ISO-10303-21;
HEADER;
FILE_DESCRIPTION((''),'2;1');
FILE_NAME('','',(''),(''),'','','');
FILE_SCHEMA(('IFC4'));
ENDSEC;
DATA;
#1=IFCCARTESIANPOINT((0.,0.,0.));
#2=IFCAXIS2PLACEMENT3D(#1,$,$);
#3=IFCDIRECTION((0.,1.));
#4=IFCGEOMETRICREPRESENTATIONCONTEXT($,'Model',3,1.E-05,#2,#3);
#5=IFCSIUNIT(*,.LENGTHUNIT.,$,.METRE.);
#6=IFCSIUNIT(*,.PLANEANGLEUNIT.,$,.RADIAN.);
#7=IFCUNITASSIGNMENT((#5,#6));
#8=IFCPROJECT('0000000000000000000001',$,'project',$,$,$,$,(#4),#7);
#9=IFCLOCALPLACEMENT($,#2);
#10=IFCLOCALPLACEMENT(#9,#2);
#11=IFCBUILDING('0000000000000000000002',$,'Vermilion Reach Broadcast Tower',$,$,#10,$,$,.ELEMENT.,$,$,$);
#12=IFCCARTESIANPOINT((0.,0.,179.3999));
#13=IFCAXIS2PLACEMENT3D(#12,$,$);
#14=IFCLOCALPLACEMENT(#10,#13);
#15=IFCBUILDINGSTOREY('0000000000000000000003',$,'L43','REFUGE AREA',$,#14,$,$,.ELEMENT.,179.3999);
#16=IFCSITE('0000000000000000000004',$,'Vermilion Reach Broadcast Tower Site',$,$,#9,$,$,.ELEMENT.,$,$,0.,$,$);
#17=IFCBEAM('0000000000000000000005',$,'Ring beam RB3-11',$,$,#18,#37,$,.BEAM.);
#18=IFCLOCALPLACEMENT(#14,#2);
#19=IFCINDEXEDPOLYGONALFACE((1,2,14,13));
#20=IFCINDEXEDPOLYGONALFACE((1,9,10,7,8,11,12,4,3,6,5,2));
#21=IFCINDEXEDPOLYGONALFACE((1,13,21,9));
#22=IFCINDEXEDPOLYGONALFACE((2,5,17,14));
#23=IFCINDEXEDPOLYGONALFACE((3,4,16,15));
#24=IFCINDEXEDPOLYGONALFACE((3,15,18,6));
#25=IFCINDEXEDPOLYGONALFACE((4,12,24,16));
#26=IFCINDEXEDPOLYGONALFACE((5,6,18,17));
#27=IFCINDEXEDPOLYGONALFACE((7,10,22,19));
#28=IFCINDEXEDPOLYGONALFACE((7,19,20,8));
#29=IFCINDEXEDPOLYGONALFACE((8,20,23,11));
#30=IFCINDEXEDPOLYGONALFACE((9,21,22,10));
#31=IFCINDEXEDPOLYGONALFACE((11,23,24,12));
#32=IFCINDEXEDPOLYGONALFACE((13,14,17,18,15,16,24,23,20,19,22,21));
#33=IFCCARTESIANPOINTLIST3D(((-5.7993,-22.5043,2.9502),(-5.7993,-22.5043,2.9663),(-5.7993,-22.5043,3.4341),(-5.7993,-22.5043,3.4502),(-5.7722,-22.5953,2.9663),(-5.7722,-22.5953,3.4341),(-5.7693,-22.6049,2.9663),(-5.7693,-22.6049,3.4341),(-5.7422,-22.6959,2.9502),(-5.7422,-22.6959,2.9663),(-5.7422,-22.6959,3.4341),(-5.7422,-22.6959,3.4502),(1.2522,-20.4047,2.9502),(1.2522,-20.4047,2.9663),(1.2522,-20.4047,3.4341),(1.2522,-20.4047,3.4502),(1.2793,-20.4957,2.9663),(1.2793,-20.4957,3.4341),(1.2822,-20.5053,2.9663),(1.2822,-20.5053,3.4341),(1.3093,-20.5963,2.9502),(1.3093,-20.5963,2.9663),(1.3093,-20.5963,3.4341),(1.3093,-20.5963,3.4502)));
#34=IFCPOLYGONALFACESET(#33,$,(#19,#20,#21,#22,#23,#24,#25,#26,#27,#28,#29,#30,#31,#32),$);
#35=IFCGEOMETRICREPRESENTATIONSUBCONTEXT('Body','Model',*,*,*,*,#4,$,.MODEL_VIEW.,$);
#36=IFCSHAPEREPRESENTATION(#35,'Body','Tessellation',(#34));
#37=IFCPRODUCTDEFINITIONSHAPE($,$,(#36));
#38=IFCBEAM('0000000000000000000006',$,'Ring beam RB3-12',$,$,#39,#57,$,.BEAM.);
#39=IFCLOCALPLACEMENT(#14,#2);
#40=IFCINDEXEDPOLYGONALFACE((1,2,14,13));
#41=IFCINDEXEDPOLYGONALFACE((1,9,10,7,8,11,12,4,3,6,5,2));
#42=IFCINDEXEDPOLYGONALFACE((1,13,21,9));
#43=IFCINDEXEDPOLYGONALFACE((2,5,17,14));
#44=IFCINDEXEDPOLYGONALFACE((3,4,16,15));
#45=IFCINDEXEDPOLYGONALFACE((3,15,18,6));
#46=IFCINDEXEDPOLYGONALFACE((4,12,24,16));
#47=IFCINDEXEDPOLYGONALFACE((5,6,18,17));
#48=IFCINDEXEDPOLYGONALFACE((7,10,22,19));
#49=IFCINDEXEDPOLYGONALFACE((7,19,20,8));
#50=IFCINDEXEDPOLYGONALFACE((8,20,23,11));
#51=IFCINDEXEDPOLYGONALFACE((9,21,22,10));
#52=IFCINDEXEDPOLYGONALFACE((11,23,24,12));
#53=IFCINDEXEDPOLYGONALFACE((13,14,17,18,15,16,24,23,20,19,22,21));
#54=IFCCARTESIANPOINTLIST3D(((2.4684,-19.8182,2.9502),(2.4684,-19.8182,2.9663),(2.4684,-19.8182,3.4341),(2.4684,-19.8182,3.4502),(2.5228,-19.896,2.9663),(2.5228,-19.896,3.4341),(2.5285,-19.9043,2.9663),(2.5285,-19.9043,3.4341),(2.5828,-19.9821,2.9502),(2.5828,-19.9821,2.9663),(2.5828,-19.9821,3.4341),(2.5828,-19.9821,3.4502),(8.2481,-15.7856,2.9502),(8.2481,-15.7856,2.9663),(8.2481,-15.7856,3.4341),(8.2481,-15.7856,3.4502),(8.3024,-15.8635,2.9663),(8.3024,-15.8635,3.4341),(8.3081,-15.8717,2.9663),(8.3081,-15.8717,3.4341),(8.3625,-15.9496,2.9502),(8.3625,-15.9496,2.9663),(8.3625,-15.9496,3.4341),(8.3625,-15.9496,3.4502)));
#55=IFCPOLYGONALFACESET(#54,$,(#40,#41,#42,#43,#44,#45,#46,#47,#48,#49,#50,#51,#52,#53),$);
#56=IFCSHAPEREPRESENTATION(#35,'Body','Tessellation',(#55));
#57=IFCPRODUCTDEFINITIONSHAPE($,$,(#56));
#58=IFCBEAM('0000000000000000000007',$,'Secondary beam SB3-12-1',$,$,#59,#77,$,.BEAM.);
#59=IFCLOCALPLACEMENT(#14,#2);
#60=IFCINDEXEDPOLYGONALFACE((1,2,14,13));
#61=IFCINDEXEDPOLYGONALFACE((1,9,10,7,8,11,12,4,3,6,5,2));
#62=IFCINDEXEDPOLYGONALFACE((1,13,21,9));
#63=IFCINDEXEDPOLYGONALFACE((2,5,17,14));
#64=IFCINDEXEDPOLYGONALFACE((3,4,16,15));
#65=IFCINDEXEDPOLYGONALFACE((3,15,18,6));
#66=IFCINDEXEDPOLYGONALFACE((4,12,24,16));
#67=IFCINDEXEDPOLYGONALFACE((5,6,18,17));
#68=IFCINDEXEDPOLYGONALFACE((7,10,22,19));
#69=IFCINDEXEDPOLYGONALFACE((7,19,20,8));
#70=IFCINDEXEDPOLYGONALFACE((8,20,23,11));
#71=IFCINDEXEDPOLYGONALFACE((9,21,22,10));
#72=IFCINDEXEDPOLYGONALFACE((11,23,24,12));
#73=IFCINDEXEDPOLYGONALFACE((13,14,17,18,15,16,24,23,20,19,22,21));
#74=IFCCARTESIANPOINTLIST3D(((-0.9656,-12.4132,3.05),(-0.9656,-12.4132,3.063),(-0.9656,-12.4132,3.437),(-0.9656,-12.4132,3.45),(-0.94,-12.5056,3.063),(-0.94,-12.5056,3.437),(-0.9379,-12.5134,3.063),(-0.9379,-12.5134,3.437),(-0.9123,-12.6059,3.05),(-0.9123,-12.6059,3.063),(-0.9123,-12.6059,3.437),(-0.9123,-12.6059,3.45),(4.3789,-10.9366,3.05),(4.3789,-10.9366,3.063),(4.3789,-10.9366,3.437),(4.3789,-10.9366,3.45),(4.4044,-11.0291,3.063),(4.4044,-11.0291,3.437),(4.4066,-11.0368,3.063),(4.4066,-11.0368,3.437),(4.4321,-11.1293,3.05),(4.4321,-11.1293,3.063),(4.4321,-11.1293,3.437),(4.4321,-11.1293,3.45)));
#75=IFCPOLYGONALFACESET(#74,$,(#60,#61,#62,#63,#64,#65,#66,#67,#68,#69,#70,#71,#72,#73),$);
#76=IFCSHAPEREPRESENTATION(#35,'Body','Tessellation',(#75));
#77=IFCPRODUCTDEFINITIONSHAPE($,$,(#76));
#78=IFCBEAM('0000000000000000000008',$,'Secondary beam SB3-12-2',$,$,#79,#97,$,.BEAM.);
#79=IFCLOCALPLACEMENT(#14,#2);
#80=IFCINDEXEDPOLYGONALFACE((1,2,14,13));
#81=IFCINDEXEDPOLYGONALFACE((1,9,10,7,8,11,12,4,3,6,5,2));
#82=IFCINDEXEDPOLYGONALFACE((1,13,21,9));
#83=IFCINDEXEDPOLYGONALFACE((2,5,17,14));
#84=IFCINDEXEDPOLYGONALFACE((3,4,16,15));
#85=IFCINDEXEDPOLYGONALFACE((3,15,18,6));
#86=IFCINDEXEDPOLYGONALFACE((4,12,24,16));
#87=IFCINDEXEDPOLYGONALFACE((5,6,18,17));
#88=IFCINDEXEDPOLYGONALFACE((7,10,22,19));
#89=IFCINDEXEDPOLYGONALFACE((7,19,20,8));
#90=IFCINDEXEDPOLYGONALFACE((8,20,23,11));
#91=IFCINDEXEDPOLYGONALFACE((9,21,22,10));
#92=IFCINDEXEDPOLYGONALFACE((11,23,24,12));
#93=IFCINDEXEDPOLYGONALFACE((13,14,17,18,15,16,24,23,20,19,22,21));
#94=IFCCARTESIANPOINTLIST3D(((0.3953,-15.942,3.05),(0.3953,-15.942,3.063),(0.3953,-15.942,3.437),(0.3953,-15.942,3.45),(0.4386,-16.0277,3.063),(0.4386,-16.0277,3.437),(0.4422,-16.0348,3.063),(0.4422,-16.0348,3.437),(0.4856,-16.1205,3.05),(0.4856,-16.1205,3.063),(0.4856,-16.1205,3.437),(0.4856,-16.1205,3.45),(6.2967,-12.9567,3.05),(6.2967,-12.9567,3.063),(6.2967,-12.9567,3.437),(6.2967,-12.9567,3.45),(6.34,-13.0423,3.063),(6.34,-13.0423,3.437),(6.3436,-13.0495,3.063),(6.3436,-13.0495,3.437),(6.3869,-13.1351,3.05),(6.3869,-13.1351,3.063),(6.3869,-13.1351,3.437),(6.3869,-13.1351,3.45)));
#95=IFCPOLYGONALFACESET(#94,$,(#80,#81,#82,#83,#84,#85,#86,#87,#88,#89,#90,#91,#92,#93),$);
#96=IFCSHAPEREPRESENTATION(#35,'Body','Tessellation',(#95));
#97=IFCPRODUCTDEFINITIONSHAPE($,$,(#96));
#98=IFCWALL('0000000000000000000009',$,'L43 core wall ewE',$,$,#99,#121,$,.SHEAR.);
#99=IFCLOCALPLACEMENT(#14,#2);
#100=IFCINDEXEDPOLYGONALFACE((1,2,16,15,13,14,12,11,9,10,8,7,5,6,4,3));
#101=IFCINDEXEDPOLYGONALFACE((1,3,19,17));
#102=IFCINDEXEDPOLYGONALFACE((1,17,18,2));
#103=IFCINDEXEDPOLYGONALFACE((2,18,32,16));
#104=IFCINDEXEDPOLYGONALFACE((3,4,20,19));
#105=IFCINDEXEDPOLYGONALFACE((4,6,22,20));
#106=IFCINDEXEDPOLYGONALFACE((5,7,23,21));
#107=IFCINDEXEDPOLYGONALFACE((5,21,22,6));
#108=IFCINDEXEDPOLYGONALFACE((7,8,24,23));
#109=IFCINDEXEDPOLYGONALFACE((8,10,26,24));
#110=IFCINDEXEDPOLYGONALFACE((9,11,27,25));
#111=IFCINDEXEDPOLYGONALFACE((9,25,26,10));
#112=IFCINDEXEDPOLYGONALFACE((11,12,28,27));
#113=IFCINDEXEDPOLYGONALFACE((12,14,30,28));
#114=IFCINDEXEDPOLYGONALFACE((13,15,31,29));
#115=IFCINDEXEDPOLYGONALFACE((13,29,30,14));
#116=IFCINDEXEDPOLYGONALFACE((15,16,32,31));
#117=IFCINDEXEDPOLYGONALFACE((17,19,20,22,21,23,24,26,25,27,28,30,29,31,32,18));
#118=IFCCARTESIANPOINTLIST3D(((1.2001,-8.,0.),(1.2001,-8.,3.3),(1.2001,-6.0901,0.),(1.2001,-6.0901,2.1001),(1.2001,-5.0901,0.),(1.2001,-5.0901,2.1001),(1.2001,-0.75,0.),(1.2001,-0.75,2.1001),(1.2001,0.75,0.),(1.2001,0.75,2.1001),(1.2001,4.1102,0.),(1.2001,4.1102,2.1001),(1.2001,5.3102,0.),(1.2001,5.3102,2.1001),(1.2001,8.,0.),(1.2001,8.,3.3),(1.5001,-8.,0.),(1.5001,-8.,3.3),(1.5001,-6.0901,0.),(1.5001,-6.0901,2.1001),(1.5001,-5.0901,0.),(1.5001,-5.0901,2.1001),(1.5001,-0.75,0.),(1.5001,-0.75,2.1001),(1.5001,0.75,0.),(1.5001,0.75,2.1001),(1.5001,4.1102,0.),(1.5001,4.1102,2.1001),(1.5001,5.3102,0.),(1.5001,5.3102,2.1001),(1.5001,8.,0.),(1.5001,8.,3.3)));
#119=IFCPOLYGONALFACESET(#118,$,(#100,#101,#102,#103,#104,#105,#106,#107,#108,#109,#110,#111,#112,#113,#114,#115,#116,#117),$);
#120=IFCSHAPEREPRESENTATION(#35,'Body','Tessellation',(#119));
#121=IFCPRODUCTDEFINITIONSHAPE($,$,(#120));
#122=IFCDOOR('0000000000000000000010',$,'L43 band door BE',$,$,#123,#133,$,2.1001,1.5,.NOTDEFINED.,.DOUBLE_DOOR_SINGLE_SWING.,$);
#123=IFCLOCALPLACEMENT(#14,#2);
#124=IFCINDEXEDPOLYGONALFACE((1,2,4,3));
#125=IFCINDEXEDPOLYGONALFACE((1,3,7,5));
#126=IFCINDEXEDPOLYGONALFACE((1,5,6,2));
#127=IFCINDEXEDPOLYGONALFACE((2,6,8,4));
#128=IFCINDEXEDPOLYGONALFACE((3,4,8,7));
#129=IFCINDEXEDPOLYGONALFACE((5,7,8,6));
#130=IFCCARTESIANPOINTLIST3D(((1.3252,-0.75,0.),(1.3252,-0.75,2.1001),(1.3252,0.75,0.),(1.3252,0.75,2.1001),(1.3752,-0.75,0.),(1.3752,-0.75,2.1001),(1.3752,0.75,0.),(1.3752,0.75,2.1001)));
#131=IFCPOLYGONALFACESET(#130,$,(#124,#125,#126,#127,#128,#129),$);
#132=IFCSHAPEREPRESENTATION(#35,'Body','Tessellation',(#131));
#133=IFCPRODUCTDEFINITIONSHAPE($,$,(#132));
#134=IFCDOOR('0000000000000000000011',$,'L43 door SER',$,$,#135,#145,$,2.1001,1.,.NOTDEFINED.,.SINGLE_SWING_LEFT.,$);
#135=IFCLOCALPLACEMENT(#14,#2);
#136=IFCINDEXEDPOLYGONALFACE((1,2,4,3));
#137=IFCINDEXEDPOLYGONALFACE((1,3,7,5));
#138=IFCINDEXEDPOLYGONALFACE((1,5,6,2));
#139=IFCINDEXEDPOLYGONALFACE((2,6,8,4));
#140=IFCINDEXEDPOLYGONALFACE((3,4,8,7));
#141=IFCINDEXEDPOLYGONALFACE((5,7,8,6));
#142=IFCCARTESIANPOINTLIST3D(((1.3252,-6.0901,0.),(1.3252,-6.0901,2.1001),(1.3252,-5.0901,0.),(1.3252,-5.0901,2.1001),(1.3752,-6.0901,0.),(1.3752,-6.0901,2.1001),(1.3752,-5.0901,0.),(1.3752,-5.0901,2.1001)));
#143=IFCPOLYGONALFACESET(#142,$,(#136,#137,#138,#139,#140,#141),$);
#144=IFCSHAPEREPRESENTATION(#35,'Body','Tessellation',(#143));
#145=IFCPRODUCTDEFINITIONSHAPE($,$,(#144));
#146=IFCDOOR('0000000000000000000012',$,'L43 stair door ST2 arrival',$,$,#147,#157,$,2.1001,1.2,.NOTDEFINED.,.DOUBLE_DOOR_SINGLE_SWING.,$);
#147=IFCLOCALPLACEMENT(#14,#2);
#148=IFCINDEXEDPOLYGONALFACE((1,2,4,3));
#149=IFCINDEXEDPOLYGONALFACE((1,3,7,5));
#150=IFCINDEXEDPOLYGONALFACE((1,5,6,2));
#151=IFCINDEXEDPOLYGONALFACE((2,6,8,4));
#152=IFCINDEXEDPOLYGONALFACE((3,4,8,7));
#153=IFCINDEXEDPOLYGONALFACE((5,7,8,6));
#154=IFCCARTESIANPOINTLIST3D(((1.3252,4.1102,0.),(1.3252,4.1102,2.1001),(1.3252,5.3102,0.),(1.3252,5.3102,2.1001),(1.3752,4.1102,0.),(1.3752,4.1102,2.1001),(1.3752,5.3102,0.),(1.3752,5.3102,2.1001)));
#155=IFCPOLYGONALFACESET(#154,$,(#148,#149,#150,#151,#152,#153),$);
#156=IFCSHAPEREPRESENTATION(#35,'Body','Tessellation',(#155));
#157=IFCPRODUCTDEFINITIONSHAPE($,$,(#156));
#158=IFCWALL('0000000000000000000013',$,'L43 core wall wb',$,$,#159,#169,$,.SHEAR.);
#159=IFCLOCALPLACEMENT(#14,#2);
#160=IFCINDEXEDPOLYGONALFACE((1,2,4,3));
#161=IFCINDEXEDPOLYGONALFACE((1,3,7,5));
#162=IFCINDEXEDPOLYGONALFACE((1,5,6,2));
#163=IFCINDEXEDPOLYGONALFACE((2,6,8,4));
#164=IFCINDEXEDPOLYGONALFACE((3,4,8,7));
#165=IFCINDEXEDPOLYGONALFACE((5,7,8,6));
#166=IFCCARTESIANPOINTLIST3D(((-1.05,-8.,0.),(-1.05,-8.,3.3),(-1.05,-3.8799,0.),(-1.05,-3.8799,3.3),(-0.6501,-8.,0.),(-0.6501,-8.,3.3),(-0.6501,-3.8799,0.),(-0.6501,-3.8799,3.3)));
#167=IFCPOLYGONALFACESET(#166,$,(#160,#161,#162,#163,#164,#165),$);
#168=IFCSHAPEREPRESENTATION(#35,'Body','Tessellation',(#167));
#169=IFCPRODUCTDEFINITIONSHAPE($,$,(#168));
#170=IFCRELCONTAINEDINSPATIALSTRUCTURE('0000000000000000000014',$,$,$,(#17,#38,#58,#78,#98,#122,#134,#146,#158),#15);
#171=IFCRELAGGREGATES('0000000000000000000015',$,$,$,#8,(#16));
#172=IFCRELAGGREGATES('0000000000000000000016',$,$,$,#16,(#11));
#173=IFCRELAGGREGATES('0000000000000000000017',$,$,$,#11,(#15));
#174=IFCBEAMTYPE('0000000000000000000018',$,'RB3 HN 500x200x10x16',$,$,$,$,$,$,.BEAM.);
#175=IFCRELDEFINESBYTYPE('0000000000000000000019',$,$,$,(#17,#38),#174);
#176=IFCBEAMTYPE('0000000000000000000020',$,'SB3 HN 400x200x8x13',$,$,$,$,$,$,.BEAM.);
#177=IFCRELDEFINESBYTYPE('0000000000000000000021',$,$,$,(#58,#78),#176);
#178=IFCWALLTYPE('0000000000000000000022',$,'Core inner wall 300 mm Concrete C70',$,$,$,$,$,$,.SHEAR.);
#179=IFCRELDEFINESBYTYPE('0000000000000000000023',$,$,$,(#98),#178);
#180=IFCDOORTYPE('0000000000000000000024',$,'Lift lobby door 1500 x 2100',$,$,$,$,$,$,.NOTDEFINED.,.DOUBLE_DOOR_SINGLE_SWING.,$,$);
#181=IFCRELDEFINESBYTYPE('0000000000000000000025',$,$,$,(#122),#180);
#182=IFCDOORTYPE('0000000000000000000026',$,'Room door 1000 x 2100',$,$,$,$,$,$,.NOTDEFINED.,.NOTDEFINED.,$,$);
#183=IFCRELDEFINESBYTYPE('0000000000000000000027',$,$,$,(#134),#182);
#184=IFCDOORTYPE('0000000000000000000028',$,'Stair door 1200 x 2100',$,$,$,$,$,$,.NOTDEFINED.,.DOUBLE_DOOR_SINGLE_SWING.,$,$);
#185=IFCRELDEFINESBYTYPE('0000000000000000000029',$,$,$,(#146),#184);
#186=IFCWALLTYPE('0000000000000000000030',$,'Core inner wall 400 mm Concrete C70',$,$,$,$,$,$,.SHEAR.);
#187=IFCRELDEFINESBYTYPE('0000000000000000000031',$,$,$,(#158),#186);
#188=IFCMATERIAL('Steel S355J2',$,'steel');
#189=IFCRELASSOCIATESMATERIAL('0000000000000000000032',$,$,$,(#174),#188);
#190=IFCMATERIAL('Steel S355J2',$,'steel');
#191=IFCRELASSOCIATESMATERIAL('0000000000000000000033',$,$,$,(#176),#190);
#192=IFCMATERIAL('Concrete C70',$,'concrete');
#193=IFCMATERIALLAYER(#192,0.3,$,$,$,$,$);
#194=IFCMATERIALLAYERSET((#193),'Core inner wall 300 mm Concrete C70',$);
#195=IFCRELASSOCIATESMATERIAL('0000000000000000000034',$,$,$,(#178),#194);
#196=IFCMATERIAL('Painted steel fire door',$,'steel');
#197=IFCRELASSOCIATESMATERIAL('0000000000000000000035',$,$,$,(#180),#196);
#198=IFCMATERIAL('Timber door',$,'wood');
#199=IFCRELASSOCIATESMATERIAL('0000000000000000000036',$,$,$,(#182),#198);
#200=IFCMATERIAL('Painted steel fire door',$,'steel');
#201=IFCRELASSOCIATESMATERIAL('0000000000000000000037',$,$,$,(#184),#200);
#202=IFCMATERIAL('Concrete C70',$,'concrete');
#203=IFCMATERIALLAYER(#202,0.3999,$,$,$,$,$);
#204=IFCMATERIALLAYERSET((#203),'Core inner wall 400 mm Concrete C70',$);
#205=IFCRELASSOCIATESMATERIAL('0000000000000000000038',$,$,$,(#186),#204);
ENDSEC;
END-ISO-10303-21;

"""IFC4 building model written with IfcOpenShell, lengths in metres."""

from ifc_helpers import new_model, si_unit, direction, frame, frame_2d, origin, origin_2d, place, context, subcontext, project, spatial, rectangle, i_section, extrude, material, layer, layer_set, material_profile, profile_set, type_object, element, fill, save


model = new_model("IFC4")

# Units and contexts
model_context = context("Model", 3, precision=1e-05, world=origin(), true_north=direction((0.0, 1.0)))
body_context = subcontext(model_context, "Body", "Model", "MODEL_VIEW")
ifc_project = project(units=[si_unit("LENGTHUNIT", "METRE"), si_unit("PLANEANGLEUNIT", "RADIAN")], contexts=[model_context])

# Site, building, storey
site_placement = place(None, origin())
site = spatial("IfcSite", under=ifc_project, at=site_placement, Name="Vermilion Reach Broadcast Tower Site", CompositionType="ELEMENT", RefElevation=0.0)
building_placement = place(site_placement, origin())
building = spatial("IfcBuilding", under=site, at=building_placement, Name="Vermilion Reach Broadcast Tower", CompositionType="ELEMENT")
storey_placement = place(building_placement, frame((0.0, 0.0, 179.3999)))
storey = spatial("IfcBuildingStorey", under=building, at=storey_placement, Name="L43", Description="REFUGE AREA", CompositionType="ELEMENT", Elevation=179.3999)

# Beams
ifc_material_1 = material(Name="Steel S355J2", Category="steel")
ifc_material_profile_1 = material_profile(ifc_material_1, i_section(OverallWidth=0.2, OverallDepth=0.5, WebThickness=0.01, FlangeThickness=0.0161, at=origin_2d()), Name="S355J2 HN 500x200x10x16")
ifc_profile_set_1 = profile_set([ifc_material_profile_1], Name="Steel S355J2")
beam_type_1 = type_object("IfcBeamType", Name="RB3 HN 500x200x10x16", PredefinedType="BEAM", material=ifc_profile_set_1)
beam_1_placement = place(storey_placement, frame((-5.7708, -22.6001, 3.2002), z_axis=(0.958417, 0.285372, 0.0), x_axis=(-0.285372, 0.958417, 0.0)))
element("IfcBeam", 1, at=beam_1_placement, inside=storey, type_object=beam_type_1, Name="Ring beam RB3-11", PredefinedType="BEAM", context=body_context, shape_type="SweptSolid", body=[
    extrude(i_section(OverallWidth=0.2, OverallDepth=0.5, WebThickness=0.01, FlangeThickness=0.0161, at=origin_2d()), origin(), (0.0, 0.0, 1.0), 7.3574),
])
beam_2_placement = place(storey_placement, frame((2.5256, -19.9001, 3.2002), z_axis=(0.820111, 0.572204, 0.0), x_axis=(-0.572204, 0.820111, 0.0)))
element("IfcBeam", 2, at=beam_2_placement, inside=storey, type_object=beam_type_1, Name="Ring beam RB3-12", PredefinedType="BEAM", context=body_context, shape_type="SweptSolid", body=[
    extrude(i_section(OverallWidth=0.2, OverallDepth=0.5, WebThickness=0.01, FlangeThickness=0.0161, at=origin_2d()), origin(), (0.0, 0.0, 1.0), 7.0474),
])
ifc_material_2 = material(Name="Steel S355J2", Category="steel")
ifc_material_profile_2 = material_profile(ifc_material_2, i_section(OverallWidth=0.2, OverallDepth=0.3999, WebThickness=0.0081, FlangeThickness=0.0129, at=origin_2d()), Name="S355J2 HN 400x200x8x13")
ifc_profile_set_2 = profile_set([ifc_material_profile_2], Name="Steel S355J2")
beam_type_2 = type_object("IfcBeamType", Name="SB3 HN 400x200x8x13", PredefinedType="BEAM", material=ifc_profile_set_2)
beam_3_placement = place(storey_placement, frame((-0.939, -12.5095, 3.25), z_axis=(0.96389, 0.266301, 0.0), x_axis=(-0.266301, 0.96389, 0.0)))
element("IfcBeam", 3, at=beam_3_placement, inside=storey, type_object=beam_type_2, Name="Secondary beam SB3-12-1", PredefinedType="BEAM", context=body_context, shape_type="SweptSolid", body=[
    extrude(i_section(OverallWidth=0.2, OverallDepth=0.3999, WebThickness=0.0081, FlangeThickness=0.0129, at=origin_2d()), origin(), (0.0, 0.0, 1.0), 5.5447),
])
beam_4_placement = place(storey_placement, frame((0.4404, -16.0312, 3.25), z_axis=(0.892321, 0.451402, 0.0), x_axis=(-0.451402, 0.892321, 0.0)))
element("IfcBeam", 4, at=beam_4_placement, inside=storey, type_object=beam_type_2, Name="Secondary beam SB3-12-2", PredefinedType="BEAM", context=body_context, shape_type="SweptSolid", body=[
    extrude(i_section(OverallWidth=0.2, OverallDepth=0.3999, WebThickness=0.0081, FlangeThickness=0.0129, at=origin_2d()), origin(), (0.0, 0.0, 1.0), 6.6135),
])

# Wall, openings, doors
ifc_material_3 = material(Name="Concrete C70", Category="concrete")
ifc_layer_1 = layer(ifc_material_3, 0.3)
ifc_layer_set_1 = layer_set([ifc_layer_1], Name="Core inner wall 300 mm Concrete C70")
wall_type_1 = type_object("IfcWallType", Name="Core inner wall 300 mm Concrete C70", PredefinedType="SHEAR", material=ifc_layer_set_1)
wall_1_placement = place(storey_placement, frame((1.3501, -8.0, 0.0), z_axis=(0.0, 0.0, 1.0), x_axis=(0.0, 1.0, 0.0)))
wall_1 = element("IfcWall", 5, at=wall_1_placement, inside=storey, type_object=wall_type_1, Name="L43 core wall ewE", PredefinedType="SHEAR", context=body_context, shape_type="SweptSolid", body=[
    extrude(rectangle(XDim=16.0, YDim=0.3, at=frame_2d((8.0, 0.0))), origin(), (0.0, 0.0, 1.0), 3.3),
])
opening_1_placement = place(wall_1_placement, frame((12.1101, 0.0, 0.0)))
opening_1 = element("IfcOpeningElement", 6, at=opening_1_placement, cuts=wall_1, PredefinedType="OPENING", context=body_context, shape_type="SweptSolid", body=[
    extrude(rectangle(XDim=1.2, YDim=2.1001, at=frame_2d((0.6001, 1.05))), frame((0.0, 0.1599, 0.0), z_axis=(0.0, -1.0, 0.0), x_axis=(1.0, 0.0, 0.0)), (0.0, 0.0, 1.0), 0.3201),
])
opening_2_placement = place(wall_1_placement, frame((1.9099, 0.0, 0.0)))
opening_2 = element("IfcOpeningElement", 7, at=opening_2_placement, cuts=wall_1, PredefinedType="OPENING", context=body_context, shape_type="SweptSolid", body=[
    extrude(rectangle(XDim=1.0, YDim=2.1001, at=frame_2d((0.5, 1.05))), frame((0.0, 0.1599, 0.0), z_axis=(0.0, -1.0, 0.0), x_axis=(1.0, 0.0, 0.0)), (0.0, 0.0, 1.0), 0.3201),
])
opening_3_placement = place(wall_1_placement, frame((7.25, 0.0, 0.0)))
opening_3 = element("IfcOpeningElement", 8, at=opening_3_placement, cuts=wall_1, PredefinedType="OPENING", context=body_context, shape_type="SweptSolid", body=[
    extrude(rectangle(XDim=1.5, YDim=2.1001, at=frame_2d((0.75, 1.05))), frame((0.0, 0.1599, 0.0), z_axis=(0.0, -1.0, 0.0), x_axis=(1.0, 0.0, 0.0)), (0.0, 0.0, 1.0), 0.3201),
])
ifc_material_4 = material(Name="Painted steel fire door", Category="steel")
door_type_1 = type_object("IfcDoorType", Name="Lift lobby door 1500 x 2100", OperationType="DOUBLE_DOOR_SINGLE_SWING", PredefinedType="NOTDEFINED", material=ifc_material_4)
door_1_placement = place(opening_3_placement, origin())
door_1 = element("IfcDoor", 9, at=door_1_placement, inside=storey, type_object=door_type_1, Name="L43 band door BE", OperationType="DOUBLE_DOOR_SINGLE_SWING", OverallHeight=2.1001, OverallWidth=1.5, PredefinedType="NOTDEFINED", context=body_context, shape_type="SweptSolid", body=[
    extrude(rectangle(XDim=1.5, YDim=2.1001, at=frame_2d((0.75, 1.05))), frame((0.0, 0.0249, 0.0), z_axis=(0.0, -1.0, 0.0), x_axis=(1.0, 0.0, 0.0)), (0.0, 0.0, 1.0), 0.05),
])
fill(opening_3, door_1)
ifc_material_5 = material(Name="Timber door", Category="wood")
door_type_2 = type_object("IfcDoorType", Name="Room door 1000 x 2100", OperationType="NOTDEFINED", PredefinedType="NOTDEFINED", material=ifc_material_5)
door_2_placement = place(opening_2_placement, origin())
door_2 = element("IfcDoor", 10, at=door_2_placement, inside=storey, type_object=door_type_2, Name="L43 door SER", OperationType="SINGLE_SWING_LEFT", OverallHeight=2.1001, OverallWidth=1.0, PredefinedType="NOTDEFINED", context=body_context, shape_type="SweptSolid", body=[
    extrude(rectangle(XDim=1.0, YDim=2.1001, at=frame_2d((0.5, 1.05))), frame((0.0, 0.0249, 0.0), z_axis=(0.0, -1.0, 0.0), x_axis=(1.0, 0.0, 0.0)), (0.0, 0.0, 1.0), 0.05),
])
fill(opening_2, door_2)
ifc_material_6 = material(Name="Painted steel fire door", Category="steel")
door_type_3 = type_object("IfcDoorType", Name="Stair door 1200 x 2100", OperationType="DOUBLE_DOOR_SINGLE_SWING", PredefinedType="NOTDEFINED", material=ifc_material_6)
door_3_placement = place(opening_1_placement, origin())
door_3 = element("IfcDoor", 11, at=door_3_placement, inside=storey, type_object=door_type_3, Name="L43 stair door ST2 arrival", OperationType="DOUBLE_DOOR_SINGLE_SWING", OverallHeight=2.1001, OverallWidth=1.2, PredefinedType="NOTDEFINED", context=body_context, shape_type="SweptSolid", body=[
    extrude(rectangle(XDim=1.2, YDim=2.1001, at=frame_2d((0.6001, 1.05))), frame((0.0, 0.0249, 0.0), z_axis=(0.0, -1.0, 0.0), x_axis=(1.0, 0.0, 0.0)), (0.0, 0.0, 1.0), 0.05),
])
fill(opening_1, door_3)

# Wall
ifc_material_7 = material(Name="Concrete C70", Category="concrete")
ifc_layer_2 = layer(ifc_material_7, 0.3999)
ifc_layer_set_2 = layer_set([ifc_layer_2], Name="Core inner wall 400 mm Concrete C70")
wall_type_2 = type_object("IfcWallType", Name="Core inner wall 400 mm Concrete C70", PredefinedType="SHEAR", material=ifc_layer_set_2)
wall_2_placement = place(storey_placement, frame((-0.8501, -3.8799, 0.0), z_axis=(0.0, 0.0, 1.0), x_axis=(0.0, -1.0, 0.0)))
element("IfcWall", 12, at=wall_2_placement, inside=storey, type_object=wall_type_2, Name="L43 core wall wb", PredefinedType="SHEAR", context=body_context, shape_type="SweptSolid", body=[
    extrude(rectangle(XDim=4.1201, YDim=0.3999, at=frame_2d((2.0601, 0.0))), origin(), (0.0, 0.0, 1.0), 3.3),
])

save(model, "model.ifc")
